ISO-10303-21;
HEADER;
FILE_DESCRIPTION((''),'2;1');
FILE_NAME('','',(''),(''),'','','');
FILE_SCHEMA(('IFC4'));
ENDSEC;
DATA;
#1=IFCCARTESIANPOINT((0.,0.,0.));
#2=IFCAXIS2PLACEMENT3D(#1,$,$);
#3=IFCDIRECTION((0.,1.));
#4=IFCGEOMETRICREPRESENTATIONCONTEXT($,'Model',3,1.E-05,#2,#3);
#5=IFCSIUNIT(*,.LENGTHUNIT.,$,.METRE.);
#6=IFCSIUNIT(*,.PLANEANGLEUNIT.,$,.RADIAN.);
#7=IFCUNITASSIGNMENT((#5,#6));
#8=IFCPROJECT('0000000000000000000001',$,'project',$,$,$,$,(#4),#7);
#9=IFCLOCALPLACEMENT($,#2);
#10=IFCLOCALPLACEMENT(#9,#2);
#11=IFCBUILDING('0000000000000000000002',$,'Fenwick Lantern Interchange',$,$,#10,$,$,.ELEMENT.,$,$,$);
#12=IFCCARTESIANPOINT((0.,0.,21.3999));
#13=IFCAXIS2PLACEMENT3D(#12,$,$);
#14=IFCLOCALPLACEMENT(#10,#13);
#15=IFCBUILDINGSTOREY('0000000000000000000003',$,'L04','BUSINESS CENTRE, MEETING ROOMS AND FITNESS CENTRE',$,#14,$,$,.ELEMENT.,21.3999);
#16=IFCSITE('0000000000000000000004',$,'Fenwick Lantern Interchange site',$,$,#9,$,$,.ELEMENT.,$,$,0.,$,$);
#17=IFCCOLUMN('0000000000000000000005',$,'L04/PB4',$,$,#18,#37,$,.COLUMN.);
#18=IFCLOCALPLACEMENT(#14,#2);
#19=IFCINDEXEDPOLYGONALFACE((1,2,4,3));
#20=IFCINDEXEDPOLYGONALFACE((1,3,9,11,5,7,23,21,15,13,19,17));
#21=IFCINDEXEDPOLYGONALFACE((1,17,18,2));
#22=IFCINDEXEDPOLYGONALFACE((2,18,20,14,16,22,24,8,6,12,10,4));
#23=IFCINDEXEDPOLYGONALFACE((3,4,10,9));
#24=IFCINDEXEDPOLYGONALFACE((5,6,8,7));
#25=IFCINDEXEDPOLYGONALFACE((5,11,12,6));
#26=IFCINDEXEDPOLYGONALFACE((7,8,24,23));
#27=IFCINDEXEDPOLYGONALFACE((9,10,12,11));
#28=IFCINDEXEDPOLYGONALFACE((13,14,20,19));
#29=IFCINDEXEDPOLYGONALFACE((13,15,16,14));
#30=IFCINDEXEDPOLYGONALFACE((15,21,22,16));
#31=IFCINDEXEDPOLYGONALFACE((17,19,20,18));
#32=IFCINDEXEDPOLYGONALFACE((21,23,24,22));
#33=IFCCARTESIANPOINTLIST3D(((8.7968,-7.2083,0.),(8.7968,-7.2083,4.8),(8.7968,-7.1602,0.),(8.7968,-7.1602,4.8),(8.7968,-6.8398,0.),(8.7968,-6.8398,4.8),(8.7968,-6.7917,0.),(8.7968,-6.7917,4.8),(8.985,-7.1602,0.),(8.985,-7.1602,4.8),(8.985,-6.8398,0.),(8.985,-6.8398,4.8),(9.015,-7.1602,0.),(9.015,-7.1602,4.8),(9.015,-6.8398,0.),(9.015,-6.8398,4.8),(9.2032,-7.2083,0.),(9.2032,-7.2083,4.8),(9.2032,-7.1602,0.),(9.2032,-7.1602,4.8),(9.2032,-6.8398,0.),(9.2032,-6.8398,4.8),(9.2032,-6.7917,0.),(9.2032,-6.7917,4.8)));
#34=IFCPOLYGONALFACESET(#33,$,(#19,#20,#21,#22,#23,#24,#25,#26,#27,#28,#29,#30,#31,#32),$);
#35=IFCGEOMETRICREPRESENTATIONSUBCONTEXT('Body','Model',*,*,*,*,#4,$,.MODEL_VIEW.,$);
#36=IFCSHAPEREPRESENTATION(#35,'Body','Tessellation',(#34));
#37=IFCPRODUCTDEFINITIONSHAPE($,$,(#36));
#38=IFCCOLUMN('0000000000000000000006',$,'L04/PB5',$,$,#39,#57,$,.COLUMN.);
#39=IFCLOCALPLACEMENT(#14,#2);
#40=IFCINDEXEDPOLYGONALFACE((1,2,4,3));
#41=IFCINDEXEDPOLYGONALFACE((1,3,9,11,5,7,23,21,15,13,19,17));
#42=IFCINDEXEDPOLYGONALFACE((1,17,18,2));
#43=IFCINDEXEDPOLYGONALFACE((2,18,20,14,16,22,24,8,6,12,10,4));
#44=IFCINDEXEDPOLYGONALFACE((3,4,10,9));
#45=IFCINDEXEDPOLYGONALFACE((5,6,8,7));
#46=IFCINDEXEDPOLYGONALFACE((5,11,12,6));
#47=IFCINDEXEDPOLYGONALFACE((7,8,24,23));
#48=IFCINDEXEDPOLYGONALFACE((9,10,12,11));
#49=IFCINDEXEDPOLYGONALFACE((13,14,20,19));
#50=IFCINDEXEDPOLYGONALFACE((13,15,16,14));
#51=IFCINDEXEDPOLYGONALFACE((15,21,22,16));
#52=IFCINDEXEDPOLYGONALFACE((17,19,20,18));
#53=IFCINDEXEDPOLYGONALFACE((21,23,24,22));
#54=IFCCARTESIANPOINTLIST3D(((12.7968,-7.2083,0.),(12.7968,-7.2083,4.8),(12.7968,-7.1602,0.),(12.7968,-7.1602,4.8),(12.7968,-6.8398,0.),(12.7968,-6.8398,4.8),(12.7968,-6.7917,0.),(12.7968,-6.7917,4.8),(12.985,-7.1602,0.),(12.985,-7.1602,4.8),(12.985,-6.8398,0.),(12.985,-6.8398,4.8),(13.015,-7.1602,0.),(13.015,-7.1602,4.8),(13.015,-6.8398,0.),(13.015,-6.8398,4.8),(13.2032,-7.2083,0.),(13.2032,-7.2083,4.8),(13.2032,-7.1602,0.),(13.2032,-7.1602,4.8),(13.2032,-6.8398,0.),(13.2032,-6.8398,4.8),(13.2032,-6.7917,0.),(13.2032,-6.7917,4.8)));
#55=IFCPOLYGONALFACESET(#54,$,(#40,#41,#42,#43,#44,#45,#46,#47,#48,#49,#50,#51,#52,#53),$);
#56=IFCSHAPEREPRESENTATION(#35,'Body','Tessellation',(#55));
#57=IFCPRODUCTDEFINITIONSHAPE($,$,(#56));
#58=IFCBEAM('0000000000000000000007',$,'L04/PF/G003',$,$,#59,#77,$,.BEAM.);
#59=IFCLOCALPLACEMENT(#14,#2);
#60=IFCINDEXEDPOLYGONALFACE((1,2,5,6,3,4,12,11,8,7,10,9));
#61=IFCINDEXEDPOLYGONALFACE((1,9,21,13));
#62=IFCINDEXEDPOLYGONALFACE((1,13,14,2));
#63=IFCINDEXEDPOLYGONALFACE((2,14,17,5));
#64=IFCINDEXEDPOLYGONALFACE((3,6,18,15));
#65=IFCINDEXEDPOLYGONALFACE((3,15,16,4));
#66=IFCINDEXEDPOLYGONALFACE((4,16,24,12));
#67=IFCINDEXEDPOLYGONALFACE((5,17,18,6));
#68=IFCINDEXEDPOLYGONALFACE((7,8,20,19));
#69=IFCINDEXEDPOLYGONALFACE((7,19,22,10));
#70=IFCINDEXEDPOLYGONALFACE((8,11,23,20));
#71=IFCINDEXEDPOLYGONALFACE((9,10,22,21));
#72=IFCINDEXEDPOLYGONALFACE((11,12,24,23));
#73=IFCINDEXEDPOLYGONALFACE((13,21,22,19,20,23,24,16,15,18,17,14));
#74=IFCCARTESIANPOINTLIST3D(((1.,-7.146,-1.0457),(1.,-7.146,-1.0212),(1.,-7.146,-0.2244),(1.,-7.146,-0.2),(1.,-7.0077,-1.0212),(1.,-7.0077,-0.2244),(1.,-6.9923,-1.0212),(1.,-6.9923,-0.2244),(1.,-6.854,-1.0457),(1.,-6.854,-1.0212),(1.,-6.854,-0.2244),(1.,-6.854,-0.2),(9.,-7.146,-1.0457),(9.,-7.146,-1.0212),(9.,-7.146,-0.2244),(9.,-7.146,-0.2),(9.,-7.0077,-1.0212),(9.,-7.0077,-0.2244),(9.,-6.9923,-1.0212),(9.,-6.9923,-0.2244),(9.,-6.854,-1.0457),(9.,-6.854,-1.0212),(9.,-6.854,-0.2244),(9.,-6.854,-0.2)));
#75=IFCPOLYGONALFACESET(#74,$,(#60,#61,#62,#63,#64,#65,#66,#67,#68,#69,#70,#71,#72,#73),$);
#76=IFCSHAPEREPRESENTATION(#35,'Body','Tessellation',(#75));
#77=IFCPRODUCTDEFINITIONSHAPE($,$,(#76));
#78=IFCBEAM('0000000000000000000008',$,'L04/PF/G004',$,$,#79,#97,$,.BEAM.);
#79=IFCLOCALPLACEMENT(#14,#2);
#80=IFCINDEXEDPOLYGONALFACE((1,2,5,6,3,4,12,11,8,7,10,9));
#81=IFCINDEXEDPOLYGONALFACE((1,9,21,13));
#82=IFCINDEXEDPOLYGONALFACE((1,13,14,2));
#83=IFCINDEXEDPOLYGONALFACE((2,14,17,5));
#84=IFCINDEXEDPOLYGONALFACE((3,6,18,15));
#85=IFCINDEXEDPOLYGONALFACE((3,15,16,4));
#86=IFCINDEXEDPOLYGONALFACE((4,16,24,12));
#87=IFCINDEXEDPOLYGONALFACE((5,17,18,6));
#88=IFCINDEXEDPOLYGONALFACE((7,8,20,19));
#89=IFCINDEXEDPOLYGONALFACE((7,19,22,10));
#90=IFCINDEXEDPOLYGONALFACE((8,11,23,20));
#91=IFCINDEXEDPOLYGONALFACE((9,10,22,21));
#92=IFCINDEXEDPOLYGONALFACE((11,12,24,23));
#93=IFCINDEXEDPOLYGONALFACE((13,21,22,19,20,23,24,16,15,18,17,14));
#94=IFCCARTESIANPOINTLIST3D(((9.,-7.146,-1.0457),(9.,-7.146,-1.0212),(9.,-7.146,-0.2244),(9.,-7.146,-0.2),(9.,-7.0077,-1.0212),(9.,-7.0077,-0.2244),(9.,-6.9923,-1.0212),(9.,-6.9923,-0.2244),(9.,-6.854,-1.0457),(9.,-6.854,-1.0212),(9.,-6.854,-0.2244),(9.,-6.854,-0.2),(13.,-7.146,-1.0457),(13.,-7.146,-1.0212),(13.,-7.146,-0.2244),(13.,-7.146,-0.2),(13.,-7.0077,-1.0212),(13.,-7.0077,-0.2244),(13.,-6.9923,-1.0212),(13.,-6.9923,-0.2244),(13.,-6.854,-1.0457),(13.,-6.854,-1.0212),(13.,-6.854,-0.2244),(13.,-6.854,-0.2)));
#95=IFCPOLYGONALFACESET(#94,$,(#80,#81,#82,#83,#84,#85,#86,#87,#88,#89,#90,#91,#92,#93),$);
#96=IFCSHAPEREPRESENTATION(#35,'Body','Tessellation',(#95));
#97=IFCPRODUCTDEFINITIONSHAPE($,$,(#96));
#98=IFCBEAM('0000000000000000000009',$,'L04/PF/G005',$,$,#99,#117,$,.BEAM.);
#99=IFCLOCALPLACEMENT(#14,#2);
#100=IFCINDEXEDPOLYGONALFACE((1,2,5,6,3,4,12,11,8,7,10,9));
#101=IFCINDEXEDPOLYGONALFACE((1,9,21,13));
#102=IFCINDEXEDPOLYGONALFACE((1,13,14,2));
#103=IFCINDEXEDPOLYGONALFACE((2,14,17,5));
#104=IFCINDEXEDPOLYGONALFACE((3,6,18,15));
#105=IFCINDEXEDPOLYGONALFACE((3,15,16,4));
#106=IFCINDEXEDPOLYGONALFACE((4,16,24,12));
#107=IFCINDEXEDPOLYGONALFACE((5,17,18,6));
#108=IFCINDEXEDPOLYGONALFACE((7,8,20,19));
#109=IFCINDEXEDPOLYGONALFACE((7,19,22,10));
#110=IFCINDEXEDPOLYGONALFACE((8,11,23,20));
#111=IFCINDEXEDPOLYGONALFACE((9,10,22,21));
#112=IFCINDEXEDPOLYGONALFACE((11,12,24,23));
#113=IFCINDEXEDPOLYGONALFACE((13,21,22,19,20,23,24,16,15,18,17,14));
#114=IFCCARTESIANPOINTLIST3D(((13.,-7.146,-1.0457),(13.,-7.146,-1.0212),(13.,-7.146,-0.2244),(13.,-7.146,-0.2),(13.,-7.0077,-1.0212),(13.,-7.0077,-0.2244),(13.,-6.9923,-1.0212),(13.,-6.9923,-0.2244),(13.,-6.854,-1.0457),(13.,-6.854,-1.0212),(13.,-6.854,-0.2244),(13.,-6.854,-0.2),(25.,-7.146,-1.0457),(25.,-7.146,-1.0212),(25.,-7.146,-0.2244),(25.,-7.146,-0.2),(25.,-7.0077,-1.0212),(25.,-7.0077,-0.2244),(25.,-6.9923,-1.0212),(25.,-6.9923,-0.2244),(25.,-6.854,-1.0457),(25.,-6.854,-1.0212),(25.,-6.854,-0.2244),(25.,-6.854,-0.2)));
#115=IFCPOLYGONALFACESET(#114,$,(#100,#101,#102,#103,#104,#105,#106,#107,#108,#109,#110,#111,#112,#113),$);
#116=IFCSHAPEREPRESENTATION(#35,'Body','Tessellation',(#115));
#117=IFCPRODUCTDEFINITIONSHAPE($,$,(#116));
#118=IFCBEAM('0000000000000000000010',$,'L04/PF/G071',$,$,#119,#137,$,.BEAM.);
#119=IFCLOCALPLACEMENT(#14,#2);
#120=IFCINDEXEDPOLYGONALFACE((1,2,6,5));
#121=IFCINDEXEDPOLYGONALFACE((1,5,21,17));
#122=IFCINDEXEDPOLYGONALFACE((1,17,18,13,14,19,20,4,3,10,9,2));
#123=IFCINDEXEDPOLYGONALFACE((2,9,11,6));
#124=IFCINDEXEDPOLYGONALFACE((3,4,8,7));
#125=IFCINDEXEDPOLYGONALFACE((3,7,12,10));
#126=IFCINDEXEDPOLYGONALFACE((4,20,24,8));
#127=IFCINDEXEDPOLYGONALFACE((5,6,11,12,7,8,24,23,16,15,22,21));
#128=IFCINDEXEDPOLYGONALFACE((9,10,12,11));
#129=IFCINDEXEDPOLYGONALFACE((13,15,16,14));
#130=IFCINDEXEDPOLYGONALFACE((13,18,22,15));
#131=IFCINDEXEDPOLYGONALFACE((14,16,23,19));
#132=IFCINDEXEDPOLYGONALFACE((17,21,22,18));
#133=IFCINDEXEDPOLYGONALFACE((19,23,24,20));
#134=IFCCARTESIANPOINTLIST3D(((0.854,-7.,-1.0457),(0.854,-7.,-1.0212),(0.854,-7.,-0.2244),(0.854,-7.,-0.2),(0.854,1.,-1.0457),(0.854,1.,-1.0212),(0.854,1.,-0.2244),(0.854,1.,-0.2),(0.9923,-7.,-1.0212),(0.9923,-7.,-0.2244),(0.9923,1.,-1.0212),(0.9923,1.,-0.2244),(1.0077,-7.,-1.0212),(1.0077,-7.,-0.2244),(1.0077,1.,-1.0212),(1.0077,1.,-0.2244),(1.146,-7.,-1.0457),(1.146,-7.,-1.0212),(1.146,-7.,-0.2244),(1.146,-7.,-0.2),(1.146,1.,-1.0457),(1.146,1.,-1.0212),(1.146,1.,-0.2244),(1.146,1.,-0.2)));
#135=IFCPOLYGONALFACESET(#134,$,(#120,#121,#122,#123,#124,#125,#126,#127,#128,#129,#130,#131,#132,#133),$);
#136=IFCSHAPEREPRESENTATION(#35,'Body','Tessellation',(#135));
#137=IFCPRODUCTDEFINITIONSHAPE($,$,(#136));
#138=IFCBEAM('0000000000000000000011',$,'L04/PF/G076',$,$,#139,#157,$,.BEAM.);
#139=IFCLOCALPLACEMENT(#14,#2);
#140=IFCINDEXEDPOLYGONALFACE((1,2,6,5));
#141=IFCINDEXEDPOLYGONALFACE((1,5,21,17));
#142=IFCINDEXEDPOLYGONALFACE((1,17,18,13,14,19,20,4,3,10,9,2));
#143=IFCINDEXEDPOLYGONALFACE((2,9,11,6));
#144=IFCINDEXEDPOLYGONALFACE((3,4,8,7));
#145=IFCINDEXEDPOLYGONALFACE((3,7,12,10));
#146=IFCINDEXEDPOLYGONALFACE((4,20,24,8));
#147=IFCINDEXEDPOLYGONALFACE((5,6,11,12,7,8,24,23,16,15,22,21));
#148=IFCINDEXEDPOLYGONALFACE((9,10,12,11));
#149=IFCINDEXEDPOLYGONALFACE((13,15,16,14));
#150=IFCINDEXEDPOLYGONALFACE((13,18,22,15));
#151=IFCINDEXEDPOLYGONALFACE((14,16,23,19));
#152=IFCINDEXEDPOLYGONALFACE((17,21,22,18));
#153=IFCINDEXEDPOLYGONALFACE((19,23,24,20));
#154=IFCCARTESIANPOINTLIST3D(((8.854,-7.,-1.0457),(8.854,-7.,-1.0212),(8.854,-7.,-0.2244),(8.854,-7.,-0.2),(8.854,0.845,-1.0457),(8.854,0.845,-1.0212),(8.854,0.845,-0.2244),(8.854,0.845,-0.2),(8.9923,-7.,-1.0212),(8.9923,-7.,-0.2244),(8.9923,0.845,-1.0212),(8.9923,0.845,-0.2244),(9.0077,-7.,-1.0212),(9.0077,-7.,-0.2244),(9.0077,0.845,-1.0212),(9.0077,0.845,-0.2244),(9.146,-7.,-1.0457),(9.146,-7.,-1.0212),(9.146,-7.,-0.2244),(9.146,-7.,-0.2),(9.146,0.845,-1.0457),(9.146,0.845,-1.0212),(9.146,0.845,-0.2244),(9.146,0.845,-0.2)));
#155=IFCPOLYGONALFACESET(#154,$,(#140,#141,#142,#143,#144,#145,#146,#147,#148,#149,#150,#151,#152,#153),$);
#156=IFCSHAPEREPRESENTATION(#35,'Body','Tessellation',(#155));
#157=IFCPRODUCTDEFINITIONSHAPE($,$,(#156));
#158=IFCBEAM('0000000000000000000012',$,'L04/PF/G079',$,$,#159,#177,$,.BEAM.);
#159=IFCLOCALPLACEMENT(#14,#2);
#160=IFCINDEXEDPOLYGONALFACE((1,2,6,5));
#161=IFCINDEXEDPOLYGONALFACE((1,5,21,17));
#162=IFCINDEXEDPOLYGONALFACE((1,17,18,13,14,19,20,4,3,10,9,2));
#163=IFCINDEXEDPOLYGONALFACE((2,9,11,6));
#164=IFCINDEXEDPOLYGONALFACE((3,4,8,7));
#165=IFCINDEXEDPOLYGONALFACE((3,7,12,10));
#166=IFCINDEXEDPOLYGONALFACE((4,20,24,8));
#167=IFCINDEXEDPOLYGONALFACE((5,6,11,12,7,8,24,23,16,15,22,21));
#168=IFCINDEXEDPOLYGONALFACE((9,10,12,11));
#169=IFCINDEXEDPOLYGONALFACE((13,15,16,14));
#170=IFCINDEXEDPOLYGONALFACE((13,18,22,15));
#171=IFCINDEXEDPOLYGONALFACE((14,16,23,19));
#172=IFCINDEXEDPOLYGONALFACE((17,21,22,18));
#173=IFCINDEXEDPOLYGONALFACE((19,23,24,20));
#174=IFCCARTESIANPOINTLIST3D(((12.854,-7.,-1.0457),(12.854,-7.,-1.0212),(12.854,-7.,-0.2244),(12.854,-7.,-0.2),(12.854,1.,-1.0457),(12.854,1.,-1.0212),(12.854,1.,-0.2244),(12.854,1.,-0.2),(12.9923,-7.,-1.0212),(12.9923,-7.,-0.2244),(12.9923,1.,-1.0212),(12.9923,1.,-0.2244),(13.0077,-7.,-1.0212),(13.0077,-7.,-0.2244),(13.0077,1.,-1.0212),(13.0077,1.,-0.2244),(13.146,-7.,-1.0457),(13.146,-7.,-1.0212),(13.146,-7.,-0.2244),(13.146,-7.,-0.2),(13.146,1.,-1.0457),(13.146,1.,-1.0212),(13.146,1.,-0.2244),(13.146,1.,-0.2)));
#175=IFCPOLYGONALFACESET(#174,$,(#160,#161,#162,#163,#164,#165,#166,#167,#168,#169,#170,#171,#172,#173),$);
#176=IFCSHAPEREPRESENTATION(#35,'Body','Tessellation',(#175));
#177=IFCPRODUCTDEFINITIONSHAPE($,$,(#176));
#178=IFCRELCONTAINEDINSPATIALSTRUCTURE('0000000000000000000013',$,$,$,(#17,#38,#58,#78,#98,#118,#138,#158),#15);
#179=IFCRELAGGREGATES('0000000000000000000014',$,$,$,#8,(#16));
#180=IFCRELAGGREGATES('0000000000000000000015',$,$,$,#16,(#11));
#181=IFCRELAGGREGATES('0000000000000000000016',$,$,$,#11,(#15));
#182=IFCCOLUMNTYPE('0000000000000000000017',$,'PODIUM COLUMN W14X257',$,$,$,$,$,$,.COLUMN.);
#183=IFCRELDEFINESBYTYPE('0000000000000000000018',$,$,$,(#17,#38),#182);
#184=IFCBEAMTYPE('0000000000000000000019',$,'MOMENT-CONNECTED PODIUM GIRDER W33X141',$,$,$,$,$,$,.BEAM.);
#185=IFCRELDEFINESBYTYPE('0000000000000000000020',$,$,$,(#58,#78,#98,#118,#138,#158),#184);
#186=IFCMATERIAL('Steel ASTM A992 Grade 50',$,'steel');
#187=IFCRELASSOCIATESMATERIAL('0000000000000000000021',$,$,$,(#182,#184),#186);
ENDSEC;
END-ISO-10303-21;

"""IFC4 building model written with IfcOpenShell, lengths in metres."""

from ifc_helpers import new_model, si_unit, direction, frame, origin, origin_2d, place, context, subcontext, project, spatial, i_section, extrude, material, material_profile, profile_set, type_object, element, save


model = new_model("IFC4")

# Units and contexts
model_context = context("Model", 3, precision=1e-05, world=origin(), true_north=direction((0.0, 1.0)))
body_context = subcontext(model_context, "Body", "Model", "MODEL_VIEW")
ifc_project = project(units=[si_unit("LENGTHUNIT", "METRE"), si_unit("PLANEANGLEUNIT", "RADIAN")], contexts=[model_context])

# Site, building, storey
site_placement = place(None, origin())
site = spatial("IfcSite", under=ifc_project, at=site_placement, Name="Fenwick Lantern Interchange site", CompositionType="ELEMENT", RefElevation=0.0)
building_placement = place(site_placement, origin())
building = spatial("IfcBuilding", under=site, at=building_placement, Name="Fenwick Lantern Interchange", CompositionType="ELEMENT")
storey_placement = place(building_placement, frame((0.0, 0.0, 21.3999)))
storey = spatial("IfcBuildingStorey", under=building, at=storey_placement, Name="L04", Description="BUSINESS CENTRE, MEETING ROOMS AND FITNESS CENTRE", CompositionType="ELEMENT", Elevation=21.3999)

# Columns
ifc_material_1 = material(Name="Steel ASTM A992 Grade 50", Category="steel")
ifc_material_profile_1 = material_profile(ifc_material_1, i_section(OverallWidth=0.4065, OverallDepth=0.4165, WebThickness=0.03, FlangeThickness=0.0481, at=origin_2d()), Name="W14X257")
ifc_profile_set_1 = profile_set([ifc_material_profile_1], Name="Steel ASTM A992 Grade 50")
column_type = type_object("IfcColumnType", Name="PODIUM COLUMN W14X257", PredefinedType="COLUMN", material=ifc_profile_set_1)
for number, where, z_axis, x_axis, name in (
    (1, (9.0, -7.0, 0.0), (0.0, 0.0, 1.0), (1.0, 0.0, 0.0), "L04/PB4"),
    (2, (13.0, -7.0, 0.0), (0.0, 0.0, 1.0), (1.0, 0.0, 0.0), "L04/PB5"),
):
    element("IfcColumn", number, at=place(storey_placement, frame(where, z_axis=z_axis, x_axis=x_axis)), inside=storey, type_object=column_type, Name=name, PredefinedType="COLUMN", context=body_context, shape_type="SweptSolid", body=[
        extrude(i_section(OverallWidth=0.4065, OverallDepth=0.4165, WebThickness=0.03, FlangeThickness=0.0481, at=origin_2d()), origin(), (0.0, 0.0, 1.0), 4.8),
    ])

# Beams
ifc_material_profile_2 = material_profile(ifc_material_1, i_section(OverallWidth=0.292, OverallDepth=0.8457, WebThickness=0.0154, FlangeThickness=0.0244, at=origin_2d()), Name="W33X141")
ifc_profile_set_2 = profile_set([ifc_material_profile_2], Name="Steel ASTM A992 Grade 50")
beam_type_1 = type_object("IfcBeamType", Name="MOMENT-CONNECTED PODIUM GIRDER W33X141", PredefinedType="BEAM", material=ifc_profile_set_2)
beam_1_placement = place(storey_placement, frame((1.0, -7.0, -0.6228), z_axis=(1.0, 0.0, 0.0), x_axis=(0.0, 1.0, 0.0)))
element("IfcBeam", 3, at=beam_1_placement, inside=storey, type_object=beam_type_1, Name="L04/PF/G003", PredefinedType="BEAM", context=body_context, shape_type="SweptSolid", body=[
    extrude(i_section(OverallWidth=0.292, OverallDepth=0.8457, WebThickness=0.0154, FlangeThickness=0.0244, at=origin_2d()), origin(), (0.0, 0.0, 1.0), 8.0),
])
beam_2_placement = place(storey_placement, frame((9.0, -7.0, -0.6228), z_axis=(1.0, 0.0, 0.0), x_axis=(0.0, 1.0, 0.0)))
element("IfcBeam", 4, at=beam_2_placement, inside=storey, type_object=beam_type_1, Name="L04/PF/G004", PredefinedType="BEAM", context=body_context, shape_type="SweptSolid", body=[
    extrude(i_section(OverallWidth=0.292, OverallDepth=0.8457, WebThickness=0.0154, FlangeThickness=0.0244, at=origin_2d()), origin(), (0.0, 0.0, 1.0), 4.0),
])
beam_3_placement = place(storey_placement, frame((13.0, -7.0, -0.6228), z_axis=(1.0, 0.0, 0.0), x_axis=(0.0, 1.0, 0.0)))
element("IfcBeam", 5, at=beam_3_placement, inside=storey, type_object=beam_type_1, Name="L04/PF/G005", PredefinedType="BEAM", context=body_context, shape_type="SweptSolid", body=[
    extrude(i_section(OverallWidth=0.292, OverallDepth=0.8457, WebThickness=0.0154, FlangeThickness=0.0244, at=origin_2d()), origin(), (0.0, 0.0, 1.0), 12.0),
])
beam_4_placement = place(storey_placement, frame((1.0, -7.0, -0.6228), z_axis=(0.0, 1.0, 0.0), x_axis=(-1.0, 0.0, 0.0)))
element("IfcBeam", 6, at=beam_4_placement, inside=storey, type_object=beam_type_1, Name="L04/PF/G071", PredefinedType="BEAM", context=body_context, shape_type="SweptSolid", body=[
    extrude(i_section(OverallWidth=0.292, OverallDepth=0.8457, WebThickness=0.0154, FlangeThickness=0.0244, at=origin_2d()), origin(), (0.0, 0.0, 1.0), 8.0),
])
beam_5_placement = place(storey_placement, frame((9.0, -7.0, -0.6228), z_axis=(0.0, 1.0, 0.0), x_axis=(-1.0, 0.0, 0.0)))
element("IfcBeam", 7, at=beam_5_placement, inside=storey, type_object=beam_type_1, Name="L04/PF/G076", PredefinedType="BEAM", context=body_context, shape_type="SweptSolid", body=[
    extrude(i_section(OverallWidth=0.292, OverallDepth=0.8457, WebThickness=0.0154, FlangeThickness=0.0244, at=origin_2d()), origin(), (0.0, 0.0, 1.0), 7.845),
])
beam_6_placement = place(storey_placement, frame((13.0, -7.0, -0.6228), z_axis=(0.0, 1.0, 0.0), x_axis=(-1.0, 0.0, 0.0)))
element("IfcBeam", 8, at=beam_6_placement, inside=storey, type_object=beam_type_1, Name="L04/PF/G079", PredefinedType="BEAM", context=body_context, shape_type="SweptSolid", body=[
    extrude(i_section(OverallWidth=0.292, OverallDepth=0.8457, WebThickness=0.0154, FlangeThickness=0.0244, at=origin_2d()), origin(), (0.0, 0.0, 1.0), 8.0),
])

save(model, "model.ifc")
